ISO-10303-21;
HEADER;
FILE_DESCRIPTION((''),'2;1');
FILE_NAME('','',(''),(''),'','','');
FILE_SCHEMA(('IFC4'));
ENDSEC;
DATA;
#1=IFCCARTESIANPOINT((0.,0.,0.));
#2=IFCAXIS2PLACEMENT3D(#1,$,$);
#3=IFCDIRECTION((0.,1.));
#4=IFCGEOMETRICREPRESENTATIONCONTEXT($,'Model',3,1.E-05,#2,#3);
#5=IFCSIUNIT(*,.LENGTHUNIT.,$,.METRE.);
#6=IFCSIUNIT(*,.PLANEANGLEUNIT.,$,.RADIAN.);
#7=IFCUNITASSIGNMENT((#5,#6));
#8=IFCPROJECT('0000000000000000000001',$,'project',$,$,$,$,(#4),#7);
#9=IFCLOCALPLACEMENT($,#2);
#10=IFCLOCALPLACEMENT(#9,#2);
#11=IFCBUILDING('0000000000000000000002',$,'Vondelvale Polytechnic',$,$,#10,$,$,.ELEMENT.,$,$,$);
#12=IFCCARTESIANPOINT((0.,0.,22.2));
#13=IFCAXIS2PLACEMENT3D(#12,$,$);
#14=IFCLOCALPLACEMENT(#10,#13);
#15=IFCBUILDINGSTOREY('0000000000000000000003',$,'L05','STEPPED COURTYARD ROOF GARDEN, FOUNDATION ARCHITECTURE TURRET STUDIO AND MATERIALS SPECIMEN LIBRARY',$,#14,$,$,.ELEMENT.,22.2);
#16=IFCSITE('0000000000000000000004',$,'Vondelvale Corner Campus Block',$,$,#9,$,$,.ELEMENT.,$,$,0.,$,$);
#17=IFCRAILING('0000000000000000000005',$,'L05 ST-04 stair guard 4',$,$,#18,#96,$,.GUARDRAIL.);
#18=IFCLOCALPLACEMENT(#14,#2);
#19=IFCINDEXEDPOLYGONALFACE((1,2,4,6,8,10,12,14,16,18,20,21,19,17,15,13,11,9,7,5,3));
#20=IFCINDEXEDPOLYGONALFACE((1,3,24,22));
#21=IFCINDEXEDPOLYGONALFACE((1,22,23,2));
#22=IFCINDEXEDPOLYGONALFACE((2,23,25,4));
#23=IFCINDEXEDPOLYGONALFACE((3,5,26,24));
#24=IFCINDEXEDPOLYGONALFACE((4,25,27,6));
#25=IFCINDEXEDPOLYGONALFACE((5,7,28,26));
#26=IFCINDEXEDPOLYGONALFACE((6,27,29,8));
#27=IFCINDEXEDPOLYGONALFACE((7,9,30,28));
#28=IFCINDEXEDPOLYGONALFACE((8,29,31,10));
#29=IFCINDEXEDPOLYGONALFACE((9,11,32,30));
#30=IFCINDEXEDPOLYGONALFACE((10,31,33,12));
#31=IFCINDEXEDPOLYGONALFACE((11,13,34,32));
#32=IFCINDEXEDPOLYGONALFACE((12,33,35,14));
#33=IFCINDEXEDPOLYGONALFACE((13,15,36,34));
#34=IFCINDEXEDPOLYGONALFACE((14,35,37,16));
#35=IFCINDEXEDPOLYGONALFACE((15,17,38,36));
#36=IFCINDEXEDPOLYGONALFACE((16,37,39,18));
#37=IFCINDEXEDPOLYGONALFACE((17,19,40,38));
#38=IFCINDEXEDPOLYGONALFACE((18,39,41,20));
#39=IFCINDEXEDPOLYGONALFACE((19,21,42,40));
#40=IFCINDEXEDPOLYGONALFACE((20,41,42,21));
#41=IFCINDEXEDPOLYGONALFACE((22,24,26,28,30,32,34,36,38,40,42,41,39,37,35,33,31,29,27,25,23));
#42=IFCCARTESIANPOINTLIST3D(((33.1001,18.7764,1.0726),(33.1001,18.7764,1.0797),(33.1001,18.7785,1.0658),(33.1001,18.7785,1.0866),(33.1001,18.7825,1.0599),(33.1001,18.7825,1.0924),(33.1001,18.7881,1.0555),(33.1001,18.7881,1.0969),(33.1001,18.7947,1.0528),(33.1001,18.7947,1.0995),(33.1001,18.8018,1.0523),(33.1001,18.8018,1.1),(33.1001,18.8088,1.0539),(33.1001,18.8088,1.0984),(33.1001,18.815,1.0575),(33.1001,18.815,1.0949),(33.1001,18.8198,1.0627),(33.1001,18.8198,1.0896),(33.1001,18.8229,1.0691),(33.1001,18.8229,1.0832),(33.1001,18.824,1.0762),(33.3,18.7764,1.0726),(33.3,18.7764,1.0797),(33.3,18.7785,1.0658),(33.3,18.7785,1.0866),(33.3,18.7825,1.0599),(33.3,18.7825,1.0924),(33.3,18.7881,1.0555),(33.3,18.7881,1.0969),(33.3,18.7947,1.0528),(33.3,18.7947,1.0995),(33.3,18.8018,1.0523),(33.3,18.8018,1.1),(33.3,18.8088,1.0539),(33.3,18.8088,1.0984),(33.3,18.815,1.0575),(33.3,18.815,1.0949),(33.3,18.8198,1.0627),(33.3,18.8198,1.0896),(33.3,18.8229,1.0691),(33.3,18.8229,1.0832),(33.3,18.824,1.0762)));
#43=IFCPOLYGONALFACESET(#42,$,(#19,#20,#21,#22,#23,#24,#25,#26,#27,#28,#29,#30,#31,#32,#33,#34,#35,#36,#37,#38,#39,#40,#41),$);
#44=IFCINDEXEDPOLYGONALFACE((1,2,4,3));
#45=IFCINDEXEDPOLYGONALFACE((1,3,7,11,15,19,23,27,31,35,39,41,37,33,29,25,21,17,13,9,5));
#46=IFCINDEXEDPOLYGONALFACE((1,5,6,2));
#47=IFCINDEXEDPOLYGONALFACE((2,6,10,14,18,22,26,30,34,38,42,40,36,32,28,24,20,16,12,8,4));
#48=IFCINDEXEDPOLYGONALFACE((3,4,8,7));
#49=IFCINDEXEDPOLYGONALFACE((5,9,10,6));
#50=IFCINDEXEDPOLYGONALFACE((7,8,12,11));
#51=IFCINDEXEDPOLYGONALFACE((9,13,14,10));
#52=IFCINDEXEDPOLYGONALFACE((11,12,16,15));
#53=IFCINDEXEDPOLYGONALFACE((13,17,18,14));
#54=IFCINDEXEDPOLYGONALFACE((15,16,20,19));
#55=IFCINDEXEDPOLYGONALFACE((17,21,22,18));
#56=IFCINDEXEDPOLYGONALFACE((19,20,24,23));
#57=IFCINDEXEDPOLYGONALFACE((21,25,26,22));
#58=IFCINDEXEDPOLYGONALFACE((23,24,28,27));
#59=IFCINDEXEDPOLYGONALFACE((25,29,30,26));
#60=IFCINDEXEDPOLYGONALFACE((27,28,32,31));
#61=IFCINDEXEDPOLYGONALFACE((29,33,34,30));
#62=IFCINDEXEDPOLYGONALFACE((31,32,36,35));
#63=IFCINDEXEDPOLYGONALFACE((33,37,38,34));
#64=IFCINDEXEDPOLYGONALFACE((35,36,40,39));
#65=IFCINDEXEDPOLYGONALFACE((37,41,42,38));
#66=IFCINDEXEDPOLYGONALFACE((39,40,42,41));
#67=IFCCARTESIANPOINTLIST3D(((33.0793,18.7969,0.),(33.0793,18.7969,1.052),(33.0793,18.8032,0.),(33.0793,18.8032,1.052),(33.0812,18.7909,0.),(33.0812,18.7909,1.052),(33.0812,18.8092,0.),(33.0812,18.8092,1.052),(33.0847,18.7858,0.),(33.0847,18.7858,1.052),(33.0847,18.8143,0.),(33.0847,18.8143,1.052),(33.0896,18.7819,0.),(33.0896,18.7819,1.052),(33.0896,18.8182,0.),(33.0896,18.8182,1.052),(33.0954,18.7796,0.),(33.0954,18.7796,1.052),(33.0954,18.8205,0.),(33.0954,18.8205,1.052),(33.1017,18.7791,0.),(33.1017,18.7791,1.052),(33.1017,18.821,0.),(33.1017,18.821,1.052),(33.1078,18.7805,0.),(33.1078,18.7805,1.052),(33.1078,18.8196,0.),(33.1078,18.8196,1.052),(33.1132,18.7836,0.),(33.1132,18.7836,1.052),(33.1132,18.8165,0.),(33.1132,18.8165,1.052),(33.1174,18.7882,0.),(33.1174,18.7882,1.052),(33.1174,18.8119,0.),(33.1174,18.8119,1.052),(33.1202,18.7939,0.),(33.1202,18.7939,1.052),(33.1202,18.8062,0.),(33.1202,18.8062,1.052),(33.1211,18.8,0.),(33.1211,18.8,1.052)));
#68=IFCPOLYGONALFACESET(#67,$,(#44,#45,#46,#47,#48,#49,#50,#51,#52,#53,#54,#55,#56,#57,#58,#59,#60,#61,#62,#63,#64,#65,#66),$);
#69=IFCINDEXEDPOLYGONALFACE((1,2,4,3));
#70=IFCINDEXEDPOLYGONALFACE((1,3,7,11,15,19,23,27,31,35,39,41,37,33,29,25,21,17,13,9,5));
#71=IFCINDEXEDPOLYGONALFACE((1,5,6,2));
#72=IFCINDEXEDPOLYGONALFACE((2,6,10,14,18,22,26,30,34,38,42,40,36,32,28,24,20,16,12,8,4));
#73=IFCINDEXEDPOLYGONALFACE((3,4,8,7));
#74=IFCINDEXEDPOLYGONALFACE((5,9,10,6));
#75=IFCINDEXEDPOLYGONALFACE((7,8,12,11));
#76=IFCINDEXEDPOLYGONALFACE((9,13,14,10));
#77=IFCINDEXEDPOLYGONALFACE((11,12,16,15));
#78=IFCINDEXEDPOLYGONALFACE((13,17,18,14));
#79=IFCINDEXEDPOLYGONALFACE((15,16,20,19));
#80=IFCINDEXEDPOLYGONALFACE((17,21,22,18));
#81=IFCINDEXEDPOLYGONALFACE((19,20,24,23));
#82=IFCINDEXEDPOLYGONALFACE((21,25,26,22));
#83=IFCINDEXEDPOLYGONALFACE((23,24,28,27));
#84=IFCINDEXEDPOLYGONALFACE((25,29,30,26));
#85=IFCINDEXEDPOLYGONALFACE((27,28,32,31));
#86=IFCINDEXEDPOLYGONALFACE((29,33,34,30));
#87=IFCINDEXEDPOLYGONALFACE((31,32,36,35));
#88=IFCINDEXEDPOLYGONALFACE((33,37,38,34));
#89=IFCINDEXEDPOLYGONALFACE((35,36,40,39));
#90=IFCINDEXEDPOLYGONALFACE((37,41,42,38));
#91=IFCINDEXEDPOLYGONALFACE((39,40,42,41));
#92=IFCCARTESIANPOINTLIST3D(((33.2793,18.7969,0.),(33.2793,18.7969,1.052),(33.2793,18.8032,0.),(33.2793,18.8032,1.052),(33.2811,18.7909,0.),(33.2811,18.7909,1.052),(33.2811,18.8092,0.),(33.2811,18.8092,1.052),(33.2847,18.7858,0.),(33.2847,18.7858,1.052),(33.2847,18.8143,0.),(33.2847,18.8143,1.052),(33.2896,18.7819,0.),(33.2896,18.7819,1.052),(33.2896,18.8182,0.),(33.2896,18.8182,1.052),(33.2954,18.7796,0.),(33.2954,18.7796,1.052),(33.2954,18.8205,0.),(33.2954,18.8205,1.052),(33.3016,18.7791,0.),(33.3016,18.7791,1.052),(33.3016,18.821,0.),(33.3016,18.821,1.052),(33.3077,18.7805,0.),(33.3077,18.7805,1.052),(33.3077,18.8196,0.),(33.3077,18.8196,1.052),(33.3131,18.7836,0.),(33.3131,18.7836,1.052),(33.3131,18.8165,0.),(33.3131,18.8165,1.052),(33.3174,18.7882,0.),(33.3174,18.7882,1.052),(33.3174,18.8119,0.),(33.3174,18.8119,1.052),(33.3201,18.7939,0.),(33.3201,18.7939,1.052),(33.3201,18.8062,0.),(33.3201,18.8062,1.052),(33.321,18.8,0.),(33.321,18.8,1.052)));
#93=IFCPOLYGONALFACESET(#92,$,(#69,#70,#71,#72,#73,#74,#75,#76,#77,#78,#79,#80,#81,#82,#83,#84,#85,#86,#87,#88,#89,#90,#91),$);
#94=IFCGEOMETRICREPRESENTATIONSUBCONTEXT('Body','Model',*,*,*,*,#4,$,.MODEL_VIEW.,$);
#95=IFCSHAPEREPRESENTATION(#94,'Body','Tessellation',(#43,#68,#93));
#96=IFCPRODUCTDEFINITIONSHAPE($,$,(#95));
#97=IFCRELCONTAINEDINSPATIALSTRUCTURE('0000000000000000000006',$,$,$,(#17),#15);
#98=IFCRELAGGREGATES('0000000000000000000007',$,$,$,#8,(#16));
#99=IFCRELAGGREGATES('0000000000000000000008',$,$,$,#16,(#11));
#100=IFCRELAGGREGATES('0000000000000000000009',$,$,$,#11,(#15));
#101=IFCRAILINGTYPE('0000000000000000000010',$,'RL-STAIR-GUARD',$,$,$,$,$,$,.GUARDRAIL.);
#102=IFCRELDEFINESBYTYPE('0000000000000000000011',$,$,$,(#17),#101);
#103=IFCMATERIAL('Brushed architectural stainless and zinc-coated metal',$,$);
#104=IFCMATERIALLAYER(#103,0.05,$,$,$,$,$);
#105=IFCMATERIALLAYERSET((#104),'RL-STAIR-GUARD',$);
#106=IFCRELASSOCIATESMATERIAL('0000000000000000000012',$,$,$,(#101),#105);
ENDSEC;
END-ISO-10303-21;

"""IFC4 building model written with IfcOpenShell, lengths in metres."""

from ifc_helpers import new_model, si_unit, direction, frame, origin, origin_2d, place, context, subcontext, project, spatial, circle, extrude, material, layer, layer_set, type_object, element, save


model = new_model("IFC4")

# Units and contexts
model_context = context("Model", 3, precision=1e-05, world=origin(), true_north=direction((0.0, 1.0)))
body_context = subcontext(model_context, "Body", "Model", "MODEL_VIEW")
ifc_project = project(units=[si_unit("LENGTHUNIT", "METRE"), si_unit("PLANEANGLEUNIT", "RADIAN")], contexts=[model_context])

# Site, building, storey
site_placement = place(None, origin())
site = spatial("IfcSite", under=ifc_project, at=site_placement, Name="Vondelvale Corner Campus Block", CompositionType="ELEMENT", RefElevation=0.0)
building_placement = place(site_placement, origin())
building = spatial("IfcBuilding", under=site, at=building_placement, Name="Vondelvale Polytechnic", CompositionType="ELEMENT")
storey_placement = place(building_placement, frame((0.0, 0.0, 22.2)))
storey = spatial("IfcBuildingStorey", under=building, at=storey_placement, Name="L05", Description="STEPPED COURTYARD ROOF GARDEN, FOUNDATION ARCHITECTURE TURRET STUDIO AND MATERIALS SPECIMEN LIBRARY", CompositionType="ELEMENT", Elevation=22.2)

# Shared definitions
ifc_material_1 = material(Name="Brushed architectural stainless and zinc-coated metal")

# Railing
ifc_layer_1 = layer(ifc_material_1, 0.05)
ifc_layer_set_1 = layer_set([ifc_layer_1], Name="RL-STAIR-GUARD")
railing_type_1 = type_object("IfcRailingType", Name="RL-STAIR-GUARD", PredefinedType="GUARDRAIL", material=ifc_layer_set_1)
railing_1_placement = place(storey_placement, frame((33.1001, 18.8, 0.0)))
element("IfcRailing", 1, at=railing_1_placement, inside=storey, type_object=railing_type_1, Name="L05 ST-04 stair guard 4", PredefinedType="GUARDRAIL", context=body_context, shape_type="SweptSolid", body=[
    extrude(circle(Radius=0.0239, at=origin_2d()), frame((0.0, 0.0, 1.0762), z_axis=(1.0, 0.0, 0.0), x_axis=(0.0, 1.0, 0.0)), (0.0, 0.0, 1.0), 0.2),
    extrude(circle(Radius=0.021, at=origin_2d()), origin(), (0.0, 0.0, 1.0), 1.052),
    extrude(circle(Radius=0.021, at=origin_2d()), frame((0.2, 0.0, 0.0)), (0.0, 0.0, 1.0), 1.052),
])

save(model, "model.ifc")
